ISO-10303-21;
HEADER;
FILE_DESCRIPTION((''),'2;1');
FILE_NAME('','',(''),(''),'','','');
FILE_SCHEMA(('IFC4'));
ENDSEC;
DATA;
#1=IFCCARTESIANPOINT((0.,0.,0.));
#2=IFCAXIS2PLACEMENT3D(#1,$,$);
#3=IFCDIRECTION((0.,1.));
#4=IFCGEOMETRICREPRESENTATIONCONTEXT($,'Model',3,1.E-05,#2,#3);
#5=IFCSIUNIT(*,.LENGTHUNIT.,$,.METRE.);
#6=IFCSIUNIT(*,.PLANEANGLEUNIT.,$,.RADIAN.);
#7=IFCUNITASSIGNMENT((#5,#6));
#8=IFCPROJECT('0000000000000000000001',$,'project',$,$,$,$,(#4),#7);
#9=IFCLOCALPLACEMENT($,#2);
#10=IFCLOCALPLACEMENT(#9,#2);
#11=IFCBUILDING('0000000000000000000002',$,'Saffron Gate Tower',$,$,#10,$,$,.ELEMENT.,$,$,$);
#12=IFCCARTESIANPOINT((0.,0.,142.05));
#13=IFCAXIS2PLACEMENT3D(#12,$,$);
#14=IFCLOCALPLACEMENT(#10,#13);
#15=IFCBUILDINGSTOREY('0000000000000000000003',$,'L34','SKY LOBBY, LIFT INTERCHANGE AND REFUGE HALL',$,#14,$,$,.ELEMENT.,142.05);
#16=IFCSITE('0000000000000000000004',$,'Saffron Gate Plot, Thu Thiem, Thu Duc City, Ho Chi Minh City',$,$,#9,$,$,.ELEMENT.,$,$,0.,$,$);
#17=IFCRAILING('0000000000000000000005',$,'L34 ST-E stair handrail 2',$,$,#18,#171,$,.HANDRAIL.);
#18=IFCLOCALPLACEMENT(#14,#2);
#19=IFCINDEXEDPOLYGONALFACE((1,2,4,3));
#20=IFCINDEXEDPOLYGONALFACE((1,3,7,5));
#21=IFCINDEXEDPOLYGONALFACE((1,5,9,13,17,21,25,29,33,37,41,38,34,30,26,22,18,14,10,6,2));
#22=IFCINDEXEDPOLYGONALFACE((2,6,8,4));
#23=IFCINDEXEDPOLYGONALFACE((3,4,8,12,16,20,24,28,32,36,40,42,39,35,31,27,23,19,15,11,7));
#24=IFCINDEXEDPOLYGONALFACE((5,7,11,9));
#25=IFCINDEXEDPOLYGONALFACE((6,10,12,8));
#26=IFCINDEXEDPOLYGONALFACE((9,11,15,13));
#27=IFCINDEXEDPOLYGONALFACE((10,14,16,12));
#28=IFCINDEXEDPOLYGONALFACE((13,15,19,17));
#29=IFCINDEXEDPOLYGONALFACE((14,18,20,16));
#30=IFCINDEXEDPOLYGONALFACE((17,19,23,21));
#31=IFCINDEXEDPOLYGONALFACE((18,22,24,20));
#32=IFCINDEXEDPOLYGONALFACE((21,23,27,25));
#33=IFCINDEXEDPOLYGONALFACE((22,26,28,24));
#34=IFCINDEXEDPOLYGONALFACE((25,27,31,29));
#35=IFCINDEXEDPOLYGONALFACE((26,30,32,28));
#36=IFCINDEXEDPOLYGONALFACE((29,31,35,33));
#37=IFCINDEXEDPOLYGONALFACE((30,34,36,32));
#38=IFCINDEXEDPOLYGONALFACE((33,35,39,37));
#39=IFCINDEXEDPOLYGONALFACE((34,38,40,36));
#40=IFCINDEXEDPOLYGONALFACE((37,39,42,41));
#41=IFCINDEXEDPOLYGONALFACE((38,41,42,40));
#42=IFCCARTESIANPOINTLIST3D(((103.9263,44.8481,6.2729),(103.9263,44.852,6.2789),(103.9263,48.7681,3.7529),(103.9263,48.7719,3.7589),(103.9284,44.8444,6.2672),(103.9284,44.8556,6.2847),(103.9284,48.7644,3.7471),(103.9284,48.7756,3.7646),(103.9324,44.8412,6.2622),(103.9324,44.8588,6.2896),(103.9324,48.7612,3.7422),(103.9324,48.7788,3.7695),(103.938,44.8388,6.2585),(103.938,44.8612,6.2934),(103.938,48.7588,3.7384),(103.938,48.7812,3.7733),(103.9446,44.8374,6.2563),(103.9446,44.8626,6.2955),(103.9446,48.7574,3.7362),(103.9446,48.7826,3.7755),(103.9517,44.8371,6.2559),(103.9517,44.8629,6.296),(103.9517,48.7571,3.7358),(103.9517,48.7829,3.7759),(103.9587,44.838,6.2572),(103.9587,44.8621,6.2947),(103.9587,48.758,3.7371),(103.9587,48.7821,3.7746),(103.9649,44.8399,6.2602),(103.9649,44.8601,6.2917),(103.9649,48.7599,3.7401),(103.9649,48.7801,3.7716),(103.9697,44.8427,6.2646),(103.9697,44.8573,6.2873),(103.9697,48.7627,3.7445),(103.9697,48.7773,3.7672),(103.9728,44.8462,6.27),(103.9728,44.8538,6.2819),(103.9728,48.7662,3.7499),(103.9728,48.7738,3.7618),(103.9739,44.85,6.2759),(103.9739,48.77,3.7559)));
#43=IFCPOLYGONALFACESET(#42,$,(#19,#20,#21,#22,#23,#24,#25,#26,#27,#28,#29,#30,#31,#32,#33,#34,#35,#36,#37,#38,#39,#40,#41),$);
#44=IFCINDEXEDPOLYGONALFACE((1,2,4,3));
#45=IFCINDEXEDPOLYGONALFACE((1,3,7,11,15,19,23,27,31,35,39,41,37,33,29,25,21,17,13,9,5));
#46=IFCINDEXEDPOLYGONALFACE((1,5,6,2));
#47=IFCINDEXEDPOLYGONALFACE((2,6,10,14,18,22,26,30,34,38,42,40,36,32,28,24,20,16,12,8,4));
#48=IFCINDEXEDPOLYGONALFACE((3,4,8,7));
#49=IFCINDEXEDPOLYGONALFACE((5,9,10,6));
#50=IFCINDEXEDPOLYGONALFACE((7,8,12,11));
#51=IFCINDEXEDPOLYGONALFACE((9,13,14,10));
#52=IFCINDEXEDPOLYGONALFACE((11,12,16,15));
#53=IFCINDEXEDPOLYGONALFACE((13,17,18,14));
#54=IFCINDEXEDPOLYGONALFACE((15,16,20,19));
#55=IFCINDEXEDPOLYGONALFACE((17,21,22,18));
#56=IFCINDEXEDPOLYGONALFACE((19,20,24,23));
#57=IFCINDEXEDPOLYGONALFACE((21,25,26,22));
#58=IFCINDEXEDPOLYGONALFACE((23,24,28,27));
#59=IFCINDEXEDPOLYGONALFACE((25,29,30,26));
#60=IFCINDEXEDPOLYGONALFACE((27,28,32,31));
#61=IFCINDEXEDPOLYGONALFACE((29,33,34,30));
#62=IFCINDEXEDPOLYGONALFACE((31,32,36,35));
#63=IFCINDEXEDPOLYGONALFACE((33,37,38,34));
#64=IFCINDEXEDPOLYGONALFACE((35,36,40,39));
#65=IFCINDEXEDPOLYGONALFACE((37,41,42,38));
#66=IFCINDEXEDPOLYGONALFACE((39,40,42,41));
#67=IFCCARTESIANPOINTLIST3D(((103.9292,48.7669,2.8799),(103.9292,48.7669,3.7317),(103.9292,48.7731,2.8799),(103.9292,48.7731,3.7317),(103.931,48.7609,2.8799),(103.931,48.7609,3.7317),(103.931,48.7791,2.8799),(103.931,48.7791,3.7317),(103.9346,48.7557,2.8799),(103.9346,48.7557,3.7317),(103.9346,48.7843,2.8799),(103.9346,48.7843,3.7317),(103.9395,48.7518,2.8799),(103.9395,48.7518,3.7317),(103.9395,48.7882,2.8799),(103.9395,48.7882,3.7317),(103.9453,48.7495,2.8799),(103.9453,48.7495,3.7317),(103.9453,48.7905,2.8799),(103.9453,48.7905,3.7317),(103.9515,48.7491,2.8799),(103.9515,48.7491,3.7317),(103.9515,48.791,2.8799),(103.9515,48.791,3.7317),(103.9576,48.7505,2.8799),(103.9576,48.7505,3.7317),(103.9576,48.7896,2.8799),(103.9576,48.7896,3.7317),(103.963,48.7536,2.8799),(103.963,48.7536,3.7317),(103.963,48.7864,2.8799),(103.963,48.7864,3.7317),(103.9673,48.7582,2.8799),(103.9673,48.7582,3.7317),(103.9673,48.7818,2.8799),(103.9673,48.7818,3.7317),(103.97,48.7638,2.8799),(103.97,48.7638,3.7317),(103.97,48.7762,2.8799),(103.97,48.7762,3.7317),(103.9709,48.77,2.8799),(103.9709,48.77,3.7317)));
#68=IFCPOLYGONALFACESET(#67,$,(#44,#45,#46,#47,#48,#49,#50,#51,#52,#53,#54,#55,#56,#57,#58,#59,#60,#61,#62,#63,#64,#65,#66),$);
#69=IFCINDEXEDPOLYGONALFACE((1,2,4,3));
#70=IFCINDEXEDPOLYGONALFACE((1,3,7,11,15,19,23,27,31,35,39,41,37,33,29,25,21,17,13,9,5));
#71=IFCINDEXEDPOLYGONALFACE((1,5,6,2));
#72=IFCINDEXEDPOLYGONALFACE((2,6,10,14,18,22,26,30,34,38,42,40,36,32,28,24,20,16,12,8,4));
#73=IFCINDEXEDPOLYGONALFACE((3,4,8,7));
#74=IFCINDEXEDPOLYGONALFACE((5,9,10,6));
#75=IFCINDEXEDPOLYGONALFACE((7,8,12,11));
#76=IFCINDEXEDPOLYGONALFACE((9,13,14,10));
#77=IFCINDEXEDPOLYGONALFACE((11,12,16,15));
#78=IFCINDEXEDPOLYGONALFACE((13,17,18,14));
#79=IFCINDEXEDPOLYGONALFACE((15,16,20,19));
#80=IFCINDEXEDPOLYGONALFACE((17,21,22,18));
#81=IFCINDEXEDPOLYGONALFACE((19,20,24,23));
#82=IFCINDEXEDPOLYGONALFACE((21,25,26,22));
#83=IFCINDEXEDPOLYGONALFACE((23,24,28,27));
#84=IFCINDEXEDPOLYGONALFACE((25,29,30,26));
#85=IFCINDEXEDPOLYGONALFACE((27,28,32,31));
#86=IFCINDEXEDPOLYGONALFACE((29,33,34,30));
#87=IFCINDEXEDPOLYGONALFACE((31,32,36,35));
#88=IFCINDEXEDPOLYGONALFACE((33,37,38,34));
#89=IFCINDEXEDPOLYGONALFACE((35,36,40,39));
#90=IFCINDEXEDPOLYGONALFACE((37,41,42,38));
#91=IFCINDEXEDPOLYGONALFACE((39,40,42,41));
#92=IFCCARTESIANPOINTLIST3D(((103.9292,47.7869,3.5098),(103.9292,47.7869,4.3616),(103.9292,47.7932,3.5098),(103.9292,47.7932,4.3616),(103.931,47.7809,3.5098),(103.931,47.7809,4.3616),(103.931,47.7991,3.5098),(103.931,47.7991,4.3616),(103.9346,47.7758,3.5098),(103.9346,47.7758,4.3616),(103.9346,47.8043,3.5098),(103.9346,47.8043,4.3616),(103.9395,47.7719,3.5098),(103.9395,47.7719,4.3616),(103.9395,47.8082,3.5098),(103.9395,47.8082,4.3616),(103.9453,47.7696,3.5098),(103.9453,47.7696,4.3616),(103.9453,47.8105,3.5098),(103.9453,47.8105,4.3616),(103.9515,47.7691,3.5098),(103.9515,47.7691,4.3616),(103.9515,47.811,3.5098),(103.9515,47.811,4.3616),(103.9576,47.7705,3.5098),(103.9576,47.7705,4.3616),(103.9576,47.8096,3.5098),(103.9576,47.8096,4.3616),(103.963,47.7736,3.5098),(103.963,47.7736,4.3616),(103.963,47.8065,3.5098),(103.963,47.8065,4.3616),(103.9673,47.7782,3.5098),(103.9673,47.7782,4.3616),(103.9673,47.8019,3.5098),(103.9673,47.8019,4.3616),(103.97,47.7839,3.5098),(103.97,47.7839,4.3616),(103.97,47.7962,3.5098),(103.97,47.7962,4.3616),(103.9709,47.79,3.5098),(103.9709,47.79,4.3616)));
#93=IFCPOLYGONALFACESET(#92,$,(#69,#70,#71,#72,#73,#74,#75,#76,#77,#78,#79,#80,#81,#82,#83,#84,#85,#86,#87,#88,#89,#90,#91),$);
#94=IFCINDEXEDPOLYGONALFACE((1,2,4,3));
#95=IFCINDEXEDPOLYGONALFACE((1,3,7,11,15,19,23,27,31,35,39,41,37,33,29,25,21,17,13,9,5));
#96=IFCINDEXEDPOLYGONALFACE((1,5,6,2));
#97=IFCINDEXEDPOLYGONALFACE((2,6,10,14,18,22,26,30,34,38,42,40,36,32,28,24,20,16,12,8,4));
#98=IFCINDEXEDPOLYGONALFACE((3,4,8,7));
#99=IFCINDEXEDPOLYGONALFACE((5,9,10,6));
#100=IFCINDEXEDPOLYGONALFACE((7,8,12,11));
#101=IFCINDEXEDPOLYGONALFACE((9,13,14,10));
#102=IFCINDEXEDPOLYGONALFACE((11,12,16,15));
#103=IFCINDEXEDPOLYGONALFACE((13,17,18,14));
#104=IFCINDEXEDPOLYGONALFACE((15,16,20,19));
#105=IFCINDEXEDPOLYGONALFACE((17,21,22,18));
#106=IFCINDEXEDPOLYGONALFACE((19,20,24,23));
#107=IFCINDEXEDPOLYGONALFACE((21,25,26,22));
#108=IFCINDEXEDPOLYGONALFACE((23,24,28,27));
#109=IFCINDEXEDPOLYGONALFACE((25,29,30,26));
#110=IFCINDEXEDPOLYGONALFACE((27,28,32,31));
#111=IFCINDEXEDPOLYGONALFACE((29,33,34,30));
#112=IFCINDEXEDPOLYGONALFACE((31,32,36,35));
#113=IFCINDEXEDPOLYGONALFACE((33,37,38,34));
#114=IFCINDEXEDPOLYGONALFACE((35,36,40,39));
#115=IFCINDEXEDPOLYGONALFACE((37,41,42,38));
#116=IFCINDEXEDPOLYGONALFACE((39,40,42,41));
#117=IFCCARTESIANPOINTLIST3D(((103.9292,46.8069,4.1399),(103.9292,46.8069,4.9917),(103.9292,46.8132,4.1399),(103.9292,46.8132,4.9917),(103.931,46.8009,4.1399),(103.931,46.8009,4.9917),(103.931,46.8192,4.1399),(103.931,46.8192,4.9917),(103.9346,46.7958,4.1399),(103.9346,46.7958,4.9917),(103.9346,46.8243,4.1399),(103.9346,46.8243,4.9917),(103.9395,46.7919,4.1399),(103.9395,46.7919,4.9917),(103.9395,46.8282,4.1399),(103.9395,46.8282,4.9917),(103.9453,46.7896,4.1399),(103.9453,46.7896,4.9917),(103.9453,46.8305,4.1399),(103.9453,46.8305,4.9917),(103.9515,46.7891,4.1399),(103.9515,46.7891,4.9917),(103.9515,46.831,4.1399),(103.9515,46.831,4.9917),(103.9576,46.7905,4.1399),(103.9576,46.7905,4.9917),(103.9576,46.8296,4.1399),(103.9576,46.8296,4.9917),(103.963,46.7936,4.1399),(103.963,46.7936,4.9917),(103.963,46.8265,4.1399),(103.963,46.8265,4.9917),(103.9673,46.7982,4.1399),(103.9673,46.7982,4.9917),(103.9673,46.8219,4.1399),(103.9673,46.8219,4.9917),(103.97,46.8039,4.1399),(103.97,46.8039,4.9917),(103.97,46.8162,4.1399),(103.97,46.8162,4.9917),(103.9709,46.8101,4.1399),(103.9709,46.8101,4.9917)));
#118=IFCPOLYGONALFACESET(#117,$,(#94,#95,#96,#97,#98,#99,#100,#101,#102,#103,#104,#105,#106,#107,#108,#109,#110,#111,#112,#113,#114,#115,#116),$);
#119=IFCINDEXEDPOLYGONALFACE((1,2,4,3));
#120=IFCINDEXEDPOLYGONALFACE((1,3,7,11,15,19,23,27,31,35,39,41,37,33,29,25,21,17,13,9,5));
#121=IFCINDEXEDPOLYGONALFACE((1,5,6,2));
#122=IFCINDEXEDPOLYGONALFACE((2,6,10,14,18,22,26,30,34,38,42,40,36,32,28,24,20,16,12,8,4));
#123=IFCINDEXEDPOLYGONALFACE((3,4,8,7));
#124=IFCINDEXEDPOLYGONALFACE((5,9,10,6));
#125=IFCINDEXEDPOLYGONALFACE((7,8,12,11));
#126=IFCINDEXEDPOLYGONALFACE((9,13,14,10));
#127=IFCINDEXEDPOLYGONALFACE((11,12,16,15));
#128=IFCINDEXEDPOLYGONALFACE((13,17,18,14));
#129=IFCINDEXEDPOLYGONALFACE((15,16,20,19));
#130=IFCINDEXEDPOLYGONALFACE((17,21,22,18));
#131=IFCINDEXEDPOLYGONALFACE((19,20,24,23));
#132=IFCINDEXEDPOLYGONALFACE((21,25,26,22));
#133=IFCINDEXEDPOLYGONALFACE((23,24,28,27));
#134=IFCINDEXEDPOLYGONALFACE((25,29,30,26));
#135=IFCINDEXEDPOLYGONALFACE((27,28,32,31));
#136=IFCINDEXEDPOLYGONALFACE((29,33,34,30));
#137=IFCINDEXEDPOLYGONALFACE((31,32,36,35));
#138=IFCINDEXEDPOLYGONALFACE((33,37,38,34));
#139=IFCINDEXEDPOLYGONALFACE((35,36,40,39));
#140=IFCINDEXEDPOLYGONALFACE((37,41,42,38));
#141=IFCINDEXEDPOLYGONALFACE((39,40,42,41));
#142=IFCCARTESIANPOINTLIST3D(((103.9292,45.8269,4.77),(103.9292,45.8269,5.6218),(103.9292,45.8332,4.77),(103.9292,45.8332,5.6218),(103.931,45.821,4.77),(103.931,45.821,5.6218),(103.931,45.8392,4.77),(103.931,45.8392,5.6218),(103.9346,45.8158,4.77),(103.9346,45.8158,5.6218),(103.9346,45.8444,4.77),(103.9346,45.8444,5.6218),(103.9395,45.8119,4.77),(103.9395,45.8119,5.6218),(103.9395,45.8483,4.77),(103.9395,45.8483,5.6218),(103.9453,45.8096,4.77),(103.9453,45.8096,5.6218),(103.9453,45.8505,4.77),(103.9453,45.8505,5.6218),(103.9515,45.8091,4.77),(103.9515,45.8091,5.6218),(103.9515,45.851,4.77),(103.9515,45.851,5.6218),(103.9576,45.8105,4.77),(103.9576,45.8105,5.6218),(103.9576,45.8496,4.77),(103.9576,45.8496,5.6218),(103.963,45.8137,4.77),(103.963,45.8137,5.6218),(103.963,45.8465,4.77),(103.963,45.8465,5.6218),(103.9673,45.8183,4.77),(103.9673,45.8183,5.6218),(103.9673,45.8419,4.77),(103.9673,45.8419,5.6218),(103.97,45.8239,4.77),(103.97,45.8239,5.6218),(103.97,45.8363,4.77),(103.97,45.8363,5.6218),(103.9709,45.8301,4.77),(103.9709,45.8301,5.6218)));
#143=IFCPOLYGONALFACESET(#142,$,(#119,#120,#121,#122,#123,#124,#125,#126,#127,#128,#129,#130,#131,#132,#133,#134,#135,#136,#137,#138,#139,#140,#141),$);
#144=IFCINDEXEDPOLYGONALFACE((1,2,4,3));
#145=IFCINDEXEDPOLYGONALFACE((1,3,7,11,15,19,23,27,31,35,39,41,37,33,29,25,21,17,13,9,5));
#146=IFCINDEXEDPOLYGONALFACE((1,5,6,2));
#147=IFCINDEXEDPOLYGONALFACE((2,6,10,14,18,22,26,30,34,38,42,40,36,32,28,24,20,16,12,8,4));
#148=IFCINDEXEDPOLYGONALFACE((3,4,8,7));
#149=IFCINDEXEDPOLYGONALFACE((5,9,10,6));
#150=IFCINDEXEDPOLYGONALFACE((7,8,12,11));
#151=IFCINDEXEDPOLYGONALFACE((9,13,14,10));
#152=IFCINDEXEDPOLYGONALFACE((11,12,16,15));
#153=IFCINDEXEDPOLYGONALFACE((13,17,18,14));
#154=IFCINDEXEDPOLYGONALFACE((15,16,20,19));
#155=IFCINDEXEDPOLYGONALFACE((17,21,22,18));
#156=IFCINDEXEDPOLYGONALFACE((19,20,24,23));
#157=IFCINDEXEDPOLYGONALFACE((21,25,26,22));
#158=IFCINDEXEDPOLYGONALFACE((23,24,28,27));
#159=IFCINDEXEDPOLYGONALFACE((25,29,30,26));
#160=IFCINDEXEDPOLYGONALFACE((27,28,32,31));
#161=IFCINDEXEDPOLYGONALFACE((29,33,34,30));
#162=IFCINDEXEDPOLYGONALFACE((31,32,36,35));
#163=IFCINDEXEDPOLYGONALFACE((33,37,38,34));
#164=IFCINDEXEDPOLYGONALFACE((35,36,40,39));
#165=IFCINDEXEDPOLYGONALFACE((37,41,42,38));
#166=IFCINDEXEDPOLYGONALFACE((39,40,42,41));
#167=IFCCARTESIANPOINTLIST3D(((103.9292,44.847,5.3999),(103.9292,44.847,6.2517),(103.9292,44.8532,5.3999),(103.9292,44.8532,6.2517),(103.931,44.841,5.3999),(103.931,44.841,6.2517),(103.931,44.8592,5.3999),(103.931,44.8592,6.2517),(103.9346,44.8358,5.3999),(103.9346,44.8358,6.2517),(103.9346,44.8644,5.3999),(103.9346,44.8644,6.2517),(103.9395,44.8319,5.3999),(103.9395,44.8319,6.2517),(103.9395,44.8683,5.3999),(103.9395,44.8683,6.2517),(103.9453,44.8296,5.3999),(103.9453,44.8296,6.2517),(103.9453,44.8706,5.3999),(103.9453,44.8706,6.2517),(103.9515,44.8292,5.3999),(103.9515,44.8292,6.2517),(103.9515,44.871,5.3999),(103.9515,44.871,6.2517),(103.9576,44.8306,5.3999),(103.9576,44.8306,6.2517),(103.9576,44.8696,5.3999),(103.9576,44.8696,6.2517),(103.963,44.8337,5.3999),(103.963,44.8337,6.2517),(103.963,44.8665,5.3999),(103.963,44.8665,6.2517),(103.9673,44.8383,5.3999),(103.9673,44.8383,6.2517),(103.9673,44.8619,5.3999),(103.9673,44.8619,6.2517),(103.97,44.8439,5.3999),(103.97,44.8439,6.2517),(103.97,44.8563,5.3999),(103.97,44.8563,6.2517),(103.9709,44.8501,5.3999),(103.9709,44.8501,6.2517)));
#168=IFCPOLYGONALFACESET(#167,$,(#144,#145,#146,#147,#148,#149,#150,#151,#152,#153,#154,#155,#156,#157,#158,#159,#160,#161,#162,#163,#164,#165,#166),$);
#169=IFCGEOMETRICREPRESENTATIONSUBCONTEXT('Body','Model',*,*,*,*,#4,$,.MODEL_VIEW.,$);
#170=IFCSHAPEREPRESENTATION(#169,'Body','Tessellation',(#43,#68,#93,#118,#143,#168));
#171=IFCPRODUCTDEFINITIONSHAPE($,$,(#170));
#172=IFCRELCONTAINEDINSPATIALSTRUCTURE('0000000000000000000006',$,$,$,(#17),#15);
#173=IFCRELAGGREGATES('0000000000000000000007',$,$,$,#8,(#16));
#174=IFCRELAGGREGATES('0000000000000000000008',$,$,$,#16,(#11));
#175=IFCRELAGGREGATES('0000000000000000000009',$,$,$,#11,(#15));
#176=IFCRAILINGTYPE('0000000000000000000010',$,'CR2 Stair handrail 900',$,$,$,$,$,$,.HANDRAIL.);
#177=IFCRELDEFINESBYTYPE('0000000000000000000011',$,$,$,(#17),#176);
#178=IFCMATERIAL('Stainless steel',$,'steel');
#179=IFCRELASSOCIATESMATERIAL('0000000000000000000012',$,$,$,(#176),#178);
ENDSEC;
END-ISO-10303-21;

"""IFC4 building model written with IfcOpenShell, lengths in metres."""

from ifc_helpers import new_model, si_unit, direction, frame, origin, origin_2d, place, context, subcontext, project, spatial, circle, extrude, material, type_object, element, save


model = new_model("IFC4")

# Units and contexts
model_context = context("Model", 3, precision=1e-05, world=origin(), true_north=direction((0.0, 1.0)))
body_context = subcontext(model_context, "Body", "Model", "MODEL_VIEW")
ifc_project = project(units=[si_unit("LENGTHUNIT", "METRE"), si_unit("PLANEANGLEUNIT", "RADIAN")], contexts=[model_context])

# Site, building, storey
site_placement = place(None, origin())
site = spatial("IfcSite", under=ifc_project, at=site_placement, Name="Saffron Gate Plot, Thu Thiem, Thu Duc City, Ho Chi Minh City", CompositionType="ELEMENT", RefElevation=0.0)
building_placement = place(site_placement, origin())
building = spatial("IfcBuilding", under=site, at=building_placement, Name="Saffron Gate Tower", CompositionType="ELEMENT")
storey_placement = place(building_placement, frame((0.0, 0.0, 142.05)))
storey = spatial("IfcBuildingStorey", under=building, at=storey_placement, Name="L34", Description="SKY LOBBY, LIFT INTERCHANGE AND REFUGE HALL", CompositionType="ELEMENT", Elevation=142.05)

# Railing
ifc_material_1 = material(Name="Stainless steel", Category="steel")
railing_type_1 = type_object("IfcRailingType", Name="CR2 Stair handrail 900", PredefinedType="HANDRAIL", material=ifc_material_1)
railing_1_placement = place(storey_placement, frame((103.95, 48.77, 2.8799)))
element("IfcRailing", 1, at=railing_1_placement, inside=storey, type_object=railing_type_1, Name="L34 ST-E stair handrail 2", PredefinedType="HANDRAIL", context=body_context, shape_type="SweptSolid", body=[
    extrude(circle(Radius=0.0239, at=origin_2d()), frame((0.0, 0.0, 0.876), z_axis=(0.0, -0.841172, 0.540768), x_axis=(1.0, 0.0, 0.0)), (0.0, 0.0, 1.0), 4.6602),
    extrude(circle(Radius=0.021, at=origin_2d()), origin(), (0.0, 0.0, 1.0), 0.8518),
    extrude(circle(Radius=0.021, at=origin_2d()), frame((0.0, -0.98, 0.6299)), (0.0, 0.0, 1.0), 0.8518),
    extrude(circle(Radius=0.021, at=origin_2d()), frame((0.0, -1.96, 1.26)), (0.0, 0.0, 1.0), 0.8518),
    extrude(circle(Radius=0.021, at=origin_2d()), frame((0.0, -2.9399, 1.8901)), (0.0, 0.0, 1.0), 0.8518),
    extrude(circle(Radius=0.021, at=origin_2d()), frame((0.0, -3.9199, 2.52)), (0.0, 0.0, 1.0), 0.8518),
])

save(model, "model.ifc")
